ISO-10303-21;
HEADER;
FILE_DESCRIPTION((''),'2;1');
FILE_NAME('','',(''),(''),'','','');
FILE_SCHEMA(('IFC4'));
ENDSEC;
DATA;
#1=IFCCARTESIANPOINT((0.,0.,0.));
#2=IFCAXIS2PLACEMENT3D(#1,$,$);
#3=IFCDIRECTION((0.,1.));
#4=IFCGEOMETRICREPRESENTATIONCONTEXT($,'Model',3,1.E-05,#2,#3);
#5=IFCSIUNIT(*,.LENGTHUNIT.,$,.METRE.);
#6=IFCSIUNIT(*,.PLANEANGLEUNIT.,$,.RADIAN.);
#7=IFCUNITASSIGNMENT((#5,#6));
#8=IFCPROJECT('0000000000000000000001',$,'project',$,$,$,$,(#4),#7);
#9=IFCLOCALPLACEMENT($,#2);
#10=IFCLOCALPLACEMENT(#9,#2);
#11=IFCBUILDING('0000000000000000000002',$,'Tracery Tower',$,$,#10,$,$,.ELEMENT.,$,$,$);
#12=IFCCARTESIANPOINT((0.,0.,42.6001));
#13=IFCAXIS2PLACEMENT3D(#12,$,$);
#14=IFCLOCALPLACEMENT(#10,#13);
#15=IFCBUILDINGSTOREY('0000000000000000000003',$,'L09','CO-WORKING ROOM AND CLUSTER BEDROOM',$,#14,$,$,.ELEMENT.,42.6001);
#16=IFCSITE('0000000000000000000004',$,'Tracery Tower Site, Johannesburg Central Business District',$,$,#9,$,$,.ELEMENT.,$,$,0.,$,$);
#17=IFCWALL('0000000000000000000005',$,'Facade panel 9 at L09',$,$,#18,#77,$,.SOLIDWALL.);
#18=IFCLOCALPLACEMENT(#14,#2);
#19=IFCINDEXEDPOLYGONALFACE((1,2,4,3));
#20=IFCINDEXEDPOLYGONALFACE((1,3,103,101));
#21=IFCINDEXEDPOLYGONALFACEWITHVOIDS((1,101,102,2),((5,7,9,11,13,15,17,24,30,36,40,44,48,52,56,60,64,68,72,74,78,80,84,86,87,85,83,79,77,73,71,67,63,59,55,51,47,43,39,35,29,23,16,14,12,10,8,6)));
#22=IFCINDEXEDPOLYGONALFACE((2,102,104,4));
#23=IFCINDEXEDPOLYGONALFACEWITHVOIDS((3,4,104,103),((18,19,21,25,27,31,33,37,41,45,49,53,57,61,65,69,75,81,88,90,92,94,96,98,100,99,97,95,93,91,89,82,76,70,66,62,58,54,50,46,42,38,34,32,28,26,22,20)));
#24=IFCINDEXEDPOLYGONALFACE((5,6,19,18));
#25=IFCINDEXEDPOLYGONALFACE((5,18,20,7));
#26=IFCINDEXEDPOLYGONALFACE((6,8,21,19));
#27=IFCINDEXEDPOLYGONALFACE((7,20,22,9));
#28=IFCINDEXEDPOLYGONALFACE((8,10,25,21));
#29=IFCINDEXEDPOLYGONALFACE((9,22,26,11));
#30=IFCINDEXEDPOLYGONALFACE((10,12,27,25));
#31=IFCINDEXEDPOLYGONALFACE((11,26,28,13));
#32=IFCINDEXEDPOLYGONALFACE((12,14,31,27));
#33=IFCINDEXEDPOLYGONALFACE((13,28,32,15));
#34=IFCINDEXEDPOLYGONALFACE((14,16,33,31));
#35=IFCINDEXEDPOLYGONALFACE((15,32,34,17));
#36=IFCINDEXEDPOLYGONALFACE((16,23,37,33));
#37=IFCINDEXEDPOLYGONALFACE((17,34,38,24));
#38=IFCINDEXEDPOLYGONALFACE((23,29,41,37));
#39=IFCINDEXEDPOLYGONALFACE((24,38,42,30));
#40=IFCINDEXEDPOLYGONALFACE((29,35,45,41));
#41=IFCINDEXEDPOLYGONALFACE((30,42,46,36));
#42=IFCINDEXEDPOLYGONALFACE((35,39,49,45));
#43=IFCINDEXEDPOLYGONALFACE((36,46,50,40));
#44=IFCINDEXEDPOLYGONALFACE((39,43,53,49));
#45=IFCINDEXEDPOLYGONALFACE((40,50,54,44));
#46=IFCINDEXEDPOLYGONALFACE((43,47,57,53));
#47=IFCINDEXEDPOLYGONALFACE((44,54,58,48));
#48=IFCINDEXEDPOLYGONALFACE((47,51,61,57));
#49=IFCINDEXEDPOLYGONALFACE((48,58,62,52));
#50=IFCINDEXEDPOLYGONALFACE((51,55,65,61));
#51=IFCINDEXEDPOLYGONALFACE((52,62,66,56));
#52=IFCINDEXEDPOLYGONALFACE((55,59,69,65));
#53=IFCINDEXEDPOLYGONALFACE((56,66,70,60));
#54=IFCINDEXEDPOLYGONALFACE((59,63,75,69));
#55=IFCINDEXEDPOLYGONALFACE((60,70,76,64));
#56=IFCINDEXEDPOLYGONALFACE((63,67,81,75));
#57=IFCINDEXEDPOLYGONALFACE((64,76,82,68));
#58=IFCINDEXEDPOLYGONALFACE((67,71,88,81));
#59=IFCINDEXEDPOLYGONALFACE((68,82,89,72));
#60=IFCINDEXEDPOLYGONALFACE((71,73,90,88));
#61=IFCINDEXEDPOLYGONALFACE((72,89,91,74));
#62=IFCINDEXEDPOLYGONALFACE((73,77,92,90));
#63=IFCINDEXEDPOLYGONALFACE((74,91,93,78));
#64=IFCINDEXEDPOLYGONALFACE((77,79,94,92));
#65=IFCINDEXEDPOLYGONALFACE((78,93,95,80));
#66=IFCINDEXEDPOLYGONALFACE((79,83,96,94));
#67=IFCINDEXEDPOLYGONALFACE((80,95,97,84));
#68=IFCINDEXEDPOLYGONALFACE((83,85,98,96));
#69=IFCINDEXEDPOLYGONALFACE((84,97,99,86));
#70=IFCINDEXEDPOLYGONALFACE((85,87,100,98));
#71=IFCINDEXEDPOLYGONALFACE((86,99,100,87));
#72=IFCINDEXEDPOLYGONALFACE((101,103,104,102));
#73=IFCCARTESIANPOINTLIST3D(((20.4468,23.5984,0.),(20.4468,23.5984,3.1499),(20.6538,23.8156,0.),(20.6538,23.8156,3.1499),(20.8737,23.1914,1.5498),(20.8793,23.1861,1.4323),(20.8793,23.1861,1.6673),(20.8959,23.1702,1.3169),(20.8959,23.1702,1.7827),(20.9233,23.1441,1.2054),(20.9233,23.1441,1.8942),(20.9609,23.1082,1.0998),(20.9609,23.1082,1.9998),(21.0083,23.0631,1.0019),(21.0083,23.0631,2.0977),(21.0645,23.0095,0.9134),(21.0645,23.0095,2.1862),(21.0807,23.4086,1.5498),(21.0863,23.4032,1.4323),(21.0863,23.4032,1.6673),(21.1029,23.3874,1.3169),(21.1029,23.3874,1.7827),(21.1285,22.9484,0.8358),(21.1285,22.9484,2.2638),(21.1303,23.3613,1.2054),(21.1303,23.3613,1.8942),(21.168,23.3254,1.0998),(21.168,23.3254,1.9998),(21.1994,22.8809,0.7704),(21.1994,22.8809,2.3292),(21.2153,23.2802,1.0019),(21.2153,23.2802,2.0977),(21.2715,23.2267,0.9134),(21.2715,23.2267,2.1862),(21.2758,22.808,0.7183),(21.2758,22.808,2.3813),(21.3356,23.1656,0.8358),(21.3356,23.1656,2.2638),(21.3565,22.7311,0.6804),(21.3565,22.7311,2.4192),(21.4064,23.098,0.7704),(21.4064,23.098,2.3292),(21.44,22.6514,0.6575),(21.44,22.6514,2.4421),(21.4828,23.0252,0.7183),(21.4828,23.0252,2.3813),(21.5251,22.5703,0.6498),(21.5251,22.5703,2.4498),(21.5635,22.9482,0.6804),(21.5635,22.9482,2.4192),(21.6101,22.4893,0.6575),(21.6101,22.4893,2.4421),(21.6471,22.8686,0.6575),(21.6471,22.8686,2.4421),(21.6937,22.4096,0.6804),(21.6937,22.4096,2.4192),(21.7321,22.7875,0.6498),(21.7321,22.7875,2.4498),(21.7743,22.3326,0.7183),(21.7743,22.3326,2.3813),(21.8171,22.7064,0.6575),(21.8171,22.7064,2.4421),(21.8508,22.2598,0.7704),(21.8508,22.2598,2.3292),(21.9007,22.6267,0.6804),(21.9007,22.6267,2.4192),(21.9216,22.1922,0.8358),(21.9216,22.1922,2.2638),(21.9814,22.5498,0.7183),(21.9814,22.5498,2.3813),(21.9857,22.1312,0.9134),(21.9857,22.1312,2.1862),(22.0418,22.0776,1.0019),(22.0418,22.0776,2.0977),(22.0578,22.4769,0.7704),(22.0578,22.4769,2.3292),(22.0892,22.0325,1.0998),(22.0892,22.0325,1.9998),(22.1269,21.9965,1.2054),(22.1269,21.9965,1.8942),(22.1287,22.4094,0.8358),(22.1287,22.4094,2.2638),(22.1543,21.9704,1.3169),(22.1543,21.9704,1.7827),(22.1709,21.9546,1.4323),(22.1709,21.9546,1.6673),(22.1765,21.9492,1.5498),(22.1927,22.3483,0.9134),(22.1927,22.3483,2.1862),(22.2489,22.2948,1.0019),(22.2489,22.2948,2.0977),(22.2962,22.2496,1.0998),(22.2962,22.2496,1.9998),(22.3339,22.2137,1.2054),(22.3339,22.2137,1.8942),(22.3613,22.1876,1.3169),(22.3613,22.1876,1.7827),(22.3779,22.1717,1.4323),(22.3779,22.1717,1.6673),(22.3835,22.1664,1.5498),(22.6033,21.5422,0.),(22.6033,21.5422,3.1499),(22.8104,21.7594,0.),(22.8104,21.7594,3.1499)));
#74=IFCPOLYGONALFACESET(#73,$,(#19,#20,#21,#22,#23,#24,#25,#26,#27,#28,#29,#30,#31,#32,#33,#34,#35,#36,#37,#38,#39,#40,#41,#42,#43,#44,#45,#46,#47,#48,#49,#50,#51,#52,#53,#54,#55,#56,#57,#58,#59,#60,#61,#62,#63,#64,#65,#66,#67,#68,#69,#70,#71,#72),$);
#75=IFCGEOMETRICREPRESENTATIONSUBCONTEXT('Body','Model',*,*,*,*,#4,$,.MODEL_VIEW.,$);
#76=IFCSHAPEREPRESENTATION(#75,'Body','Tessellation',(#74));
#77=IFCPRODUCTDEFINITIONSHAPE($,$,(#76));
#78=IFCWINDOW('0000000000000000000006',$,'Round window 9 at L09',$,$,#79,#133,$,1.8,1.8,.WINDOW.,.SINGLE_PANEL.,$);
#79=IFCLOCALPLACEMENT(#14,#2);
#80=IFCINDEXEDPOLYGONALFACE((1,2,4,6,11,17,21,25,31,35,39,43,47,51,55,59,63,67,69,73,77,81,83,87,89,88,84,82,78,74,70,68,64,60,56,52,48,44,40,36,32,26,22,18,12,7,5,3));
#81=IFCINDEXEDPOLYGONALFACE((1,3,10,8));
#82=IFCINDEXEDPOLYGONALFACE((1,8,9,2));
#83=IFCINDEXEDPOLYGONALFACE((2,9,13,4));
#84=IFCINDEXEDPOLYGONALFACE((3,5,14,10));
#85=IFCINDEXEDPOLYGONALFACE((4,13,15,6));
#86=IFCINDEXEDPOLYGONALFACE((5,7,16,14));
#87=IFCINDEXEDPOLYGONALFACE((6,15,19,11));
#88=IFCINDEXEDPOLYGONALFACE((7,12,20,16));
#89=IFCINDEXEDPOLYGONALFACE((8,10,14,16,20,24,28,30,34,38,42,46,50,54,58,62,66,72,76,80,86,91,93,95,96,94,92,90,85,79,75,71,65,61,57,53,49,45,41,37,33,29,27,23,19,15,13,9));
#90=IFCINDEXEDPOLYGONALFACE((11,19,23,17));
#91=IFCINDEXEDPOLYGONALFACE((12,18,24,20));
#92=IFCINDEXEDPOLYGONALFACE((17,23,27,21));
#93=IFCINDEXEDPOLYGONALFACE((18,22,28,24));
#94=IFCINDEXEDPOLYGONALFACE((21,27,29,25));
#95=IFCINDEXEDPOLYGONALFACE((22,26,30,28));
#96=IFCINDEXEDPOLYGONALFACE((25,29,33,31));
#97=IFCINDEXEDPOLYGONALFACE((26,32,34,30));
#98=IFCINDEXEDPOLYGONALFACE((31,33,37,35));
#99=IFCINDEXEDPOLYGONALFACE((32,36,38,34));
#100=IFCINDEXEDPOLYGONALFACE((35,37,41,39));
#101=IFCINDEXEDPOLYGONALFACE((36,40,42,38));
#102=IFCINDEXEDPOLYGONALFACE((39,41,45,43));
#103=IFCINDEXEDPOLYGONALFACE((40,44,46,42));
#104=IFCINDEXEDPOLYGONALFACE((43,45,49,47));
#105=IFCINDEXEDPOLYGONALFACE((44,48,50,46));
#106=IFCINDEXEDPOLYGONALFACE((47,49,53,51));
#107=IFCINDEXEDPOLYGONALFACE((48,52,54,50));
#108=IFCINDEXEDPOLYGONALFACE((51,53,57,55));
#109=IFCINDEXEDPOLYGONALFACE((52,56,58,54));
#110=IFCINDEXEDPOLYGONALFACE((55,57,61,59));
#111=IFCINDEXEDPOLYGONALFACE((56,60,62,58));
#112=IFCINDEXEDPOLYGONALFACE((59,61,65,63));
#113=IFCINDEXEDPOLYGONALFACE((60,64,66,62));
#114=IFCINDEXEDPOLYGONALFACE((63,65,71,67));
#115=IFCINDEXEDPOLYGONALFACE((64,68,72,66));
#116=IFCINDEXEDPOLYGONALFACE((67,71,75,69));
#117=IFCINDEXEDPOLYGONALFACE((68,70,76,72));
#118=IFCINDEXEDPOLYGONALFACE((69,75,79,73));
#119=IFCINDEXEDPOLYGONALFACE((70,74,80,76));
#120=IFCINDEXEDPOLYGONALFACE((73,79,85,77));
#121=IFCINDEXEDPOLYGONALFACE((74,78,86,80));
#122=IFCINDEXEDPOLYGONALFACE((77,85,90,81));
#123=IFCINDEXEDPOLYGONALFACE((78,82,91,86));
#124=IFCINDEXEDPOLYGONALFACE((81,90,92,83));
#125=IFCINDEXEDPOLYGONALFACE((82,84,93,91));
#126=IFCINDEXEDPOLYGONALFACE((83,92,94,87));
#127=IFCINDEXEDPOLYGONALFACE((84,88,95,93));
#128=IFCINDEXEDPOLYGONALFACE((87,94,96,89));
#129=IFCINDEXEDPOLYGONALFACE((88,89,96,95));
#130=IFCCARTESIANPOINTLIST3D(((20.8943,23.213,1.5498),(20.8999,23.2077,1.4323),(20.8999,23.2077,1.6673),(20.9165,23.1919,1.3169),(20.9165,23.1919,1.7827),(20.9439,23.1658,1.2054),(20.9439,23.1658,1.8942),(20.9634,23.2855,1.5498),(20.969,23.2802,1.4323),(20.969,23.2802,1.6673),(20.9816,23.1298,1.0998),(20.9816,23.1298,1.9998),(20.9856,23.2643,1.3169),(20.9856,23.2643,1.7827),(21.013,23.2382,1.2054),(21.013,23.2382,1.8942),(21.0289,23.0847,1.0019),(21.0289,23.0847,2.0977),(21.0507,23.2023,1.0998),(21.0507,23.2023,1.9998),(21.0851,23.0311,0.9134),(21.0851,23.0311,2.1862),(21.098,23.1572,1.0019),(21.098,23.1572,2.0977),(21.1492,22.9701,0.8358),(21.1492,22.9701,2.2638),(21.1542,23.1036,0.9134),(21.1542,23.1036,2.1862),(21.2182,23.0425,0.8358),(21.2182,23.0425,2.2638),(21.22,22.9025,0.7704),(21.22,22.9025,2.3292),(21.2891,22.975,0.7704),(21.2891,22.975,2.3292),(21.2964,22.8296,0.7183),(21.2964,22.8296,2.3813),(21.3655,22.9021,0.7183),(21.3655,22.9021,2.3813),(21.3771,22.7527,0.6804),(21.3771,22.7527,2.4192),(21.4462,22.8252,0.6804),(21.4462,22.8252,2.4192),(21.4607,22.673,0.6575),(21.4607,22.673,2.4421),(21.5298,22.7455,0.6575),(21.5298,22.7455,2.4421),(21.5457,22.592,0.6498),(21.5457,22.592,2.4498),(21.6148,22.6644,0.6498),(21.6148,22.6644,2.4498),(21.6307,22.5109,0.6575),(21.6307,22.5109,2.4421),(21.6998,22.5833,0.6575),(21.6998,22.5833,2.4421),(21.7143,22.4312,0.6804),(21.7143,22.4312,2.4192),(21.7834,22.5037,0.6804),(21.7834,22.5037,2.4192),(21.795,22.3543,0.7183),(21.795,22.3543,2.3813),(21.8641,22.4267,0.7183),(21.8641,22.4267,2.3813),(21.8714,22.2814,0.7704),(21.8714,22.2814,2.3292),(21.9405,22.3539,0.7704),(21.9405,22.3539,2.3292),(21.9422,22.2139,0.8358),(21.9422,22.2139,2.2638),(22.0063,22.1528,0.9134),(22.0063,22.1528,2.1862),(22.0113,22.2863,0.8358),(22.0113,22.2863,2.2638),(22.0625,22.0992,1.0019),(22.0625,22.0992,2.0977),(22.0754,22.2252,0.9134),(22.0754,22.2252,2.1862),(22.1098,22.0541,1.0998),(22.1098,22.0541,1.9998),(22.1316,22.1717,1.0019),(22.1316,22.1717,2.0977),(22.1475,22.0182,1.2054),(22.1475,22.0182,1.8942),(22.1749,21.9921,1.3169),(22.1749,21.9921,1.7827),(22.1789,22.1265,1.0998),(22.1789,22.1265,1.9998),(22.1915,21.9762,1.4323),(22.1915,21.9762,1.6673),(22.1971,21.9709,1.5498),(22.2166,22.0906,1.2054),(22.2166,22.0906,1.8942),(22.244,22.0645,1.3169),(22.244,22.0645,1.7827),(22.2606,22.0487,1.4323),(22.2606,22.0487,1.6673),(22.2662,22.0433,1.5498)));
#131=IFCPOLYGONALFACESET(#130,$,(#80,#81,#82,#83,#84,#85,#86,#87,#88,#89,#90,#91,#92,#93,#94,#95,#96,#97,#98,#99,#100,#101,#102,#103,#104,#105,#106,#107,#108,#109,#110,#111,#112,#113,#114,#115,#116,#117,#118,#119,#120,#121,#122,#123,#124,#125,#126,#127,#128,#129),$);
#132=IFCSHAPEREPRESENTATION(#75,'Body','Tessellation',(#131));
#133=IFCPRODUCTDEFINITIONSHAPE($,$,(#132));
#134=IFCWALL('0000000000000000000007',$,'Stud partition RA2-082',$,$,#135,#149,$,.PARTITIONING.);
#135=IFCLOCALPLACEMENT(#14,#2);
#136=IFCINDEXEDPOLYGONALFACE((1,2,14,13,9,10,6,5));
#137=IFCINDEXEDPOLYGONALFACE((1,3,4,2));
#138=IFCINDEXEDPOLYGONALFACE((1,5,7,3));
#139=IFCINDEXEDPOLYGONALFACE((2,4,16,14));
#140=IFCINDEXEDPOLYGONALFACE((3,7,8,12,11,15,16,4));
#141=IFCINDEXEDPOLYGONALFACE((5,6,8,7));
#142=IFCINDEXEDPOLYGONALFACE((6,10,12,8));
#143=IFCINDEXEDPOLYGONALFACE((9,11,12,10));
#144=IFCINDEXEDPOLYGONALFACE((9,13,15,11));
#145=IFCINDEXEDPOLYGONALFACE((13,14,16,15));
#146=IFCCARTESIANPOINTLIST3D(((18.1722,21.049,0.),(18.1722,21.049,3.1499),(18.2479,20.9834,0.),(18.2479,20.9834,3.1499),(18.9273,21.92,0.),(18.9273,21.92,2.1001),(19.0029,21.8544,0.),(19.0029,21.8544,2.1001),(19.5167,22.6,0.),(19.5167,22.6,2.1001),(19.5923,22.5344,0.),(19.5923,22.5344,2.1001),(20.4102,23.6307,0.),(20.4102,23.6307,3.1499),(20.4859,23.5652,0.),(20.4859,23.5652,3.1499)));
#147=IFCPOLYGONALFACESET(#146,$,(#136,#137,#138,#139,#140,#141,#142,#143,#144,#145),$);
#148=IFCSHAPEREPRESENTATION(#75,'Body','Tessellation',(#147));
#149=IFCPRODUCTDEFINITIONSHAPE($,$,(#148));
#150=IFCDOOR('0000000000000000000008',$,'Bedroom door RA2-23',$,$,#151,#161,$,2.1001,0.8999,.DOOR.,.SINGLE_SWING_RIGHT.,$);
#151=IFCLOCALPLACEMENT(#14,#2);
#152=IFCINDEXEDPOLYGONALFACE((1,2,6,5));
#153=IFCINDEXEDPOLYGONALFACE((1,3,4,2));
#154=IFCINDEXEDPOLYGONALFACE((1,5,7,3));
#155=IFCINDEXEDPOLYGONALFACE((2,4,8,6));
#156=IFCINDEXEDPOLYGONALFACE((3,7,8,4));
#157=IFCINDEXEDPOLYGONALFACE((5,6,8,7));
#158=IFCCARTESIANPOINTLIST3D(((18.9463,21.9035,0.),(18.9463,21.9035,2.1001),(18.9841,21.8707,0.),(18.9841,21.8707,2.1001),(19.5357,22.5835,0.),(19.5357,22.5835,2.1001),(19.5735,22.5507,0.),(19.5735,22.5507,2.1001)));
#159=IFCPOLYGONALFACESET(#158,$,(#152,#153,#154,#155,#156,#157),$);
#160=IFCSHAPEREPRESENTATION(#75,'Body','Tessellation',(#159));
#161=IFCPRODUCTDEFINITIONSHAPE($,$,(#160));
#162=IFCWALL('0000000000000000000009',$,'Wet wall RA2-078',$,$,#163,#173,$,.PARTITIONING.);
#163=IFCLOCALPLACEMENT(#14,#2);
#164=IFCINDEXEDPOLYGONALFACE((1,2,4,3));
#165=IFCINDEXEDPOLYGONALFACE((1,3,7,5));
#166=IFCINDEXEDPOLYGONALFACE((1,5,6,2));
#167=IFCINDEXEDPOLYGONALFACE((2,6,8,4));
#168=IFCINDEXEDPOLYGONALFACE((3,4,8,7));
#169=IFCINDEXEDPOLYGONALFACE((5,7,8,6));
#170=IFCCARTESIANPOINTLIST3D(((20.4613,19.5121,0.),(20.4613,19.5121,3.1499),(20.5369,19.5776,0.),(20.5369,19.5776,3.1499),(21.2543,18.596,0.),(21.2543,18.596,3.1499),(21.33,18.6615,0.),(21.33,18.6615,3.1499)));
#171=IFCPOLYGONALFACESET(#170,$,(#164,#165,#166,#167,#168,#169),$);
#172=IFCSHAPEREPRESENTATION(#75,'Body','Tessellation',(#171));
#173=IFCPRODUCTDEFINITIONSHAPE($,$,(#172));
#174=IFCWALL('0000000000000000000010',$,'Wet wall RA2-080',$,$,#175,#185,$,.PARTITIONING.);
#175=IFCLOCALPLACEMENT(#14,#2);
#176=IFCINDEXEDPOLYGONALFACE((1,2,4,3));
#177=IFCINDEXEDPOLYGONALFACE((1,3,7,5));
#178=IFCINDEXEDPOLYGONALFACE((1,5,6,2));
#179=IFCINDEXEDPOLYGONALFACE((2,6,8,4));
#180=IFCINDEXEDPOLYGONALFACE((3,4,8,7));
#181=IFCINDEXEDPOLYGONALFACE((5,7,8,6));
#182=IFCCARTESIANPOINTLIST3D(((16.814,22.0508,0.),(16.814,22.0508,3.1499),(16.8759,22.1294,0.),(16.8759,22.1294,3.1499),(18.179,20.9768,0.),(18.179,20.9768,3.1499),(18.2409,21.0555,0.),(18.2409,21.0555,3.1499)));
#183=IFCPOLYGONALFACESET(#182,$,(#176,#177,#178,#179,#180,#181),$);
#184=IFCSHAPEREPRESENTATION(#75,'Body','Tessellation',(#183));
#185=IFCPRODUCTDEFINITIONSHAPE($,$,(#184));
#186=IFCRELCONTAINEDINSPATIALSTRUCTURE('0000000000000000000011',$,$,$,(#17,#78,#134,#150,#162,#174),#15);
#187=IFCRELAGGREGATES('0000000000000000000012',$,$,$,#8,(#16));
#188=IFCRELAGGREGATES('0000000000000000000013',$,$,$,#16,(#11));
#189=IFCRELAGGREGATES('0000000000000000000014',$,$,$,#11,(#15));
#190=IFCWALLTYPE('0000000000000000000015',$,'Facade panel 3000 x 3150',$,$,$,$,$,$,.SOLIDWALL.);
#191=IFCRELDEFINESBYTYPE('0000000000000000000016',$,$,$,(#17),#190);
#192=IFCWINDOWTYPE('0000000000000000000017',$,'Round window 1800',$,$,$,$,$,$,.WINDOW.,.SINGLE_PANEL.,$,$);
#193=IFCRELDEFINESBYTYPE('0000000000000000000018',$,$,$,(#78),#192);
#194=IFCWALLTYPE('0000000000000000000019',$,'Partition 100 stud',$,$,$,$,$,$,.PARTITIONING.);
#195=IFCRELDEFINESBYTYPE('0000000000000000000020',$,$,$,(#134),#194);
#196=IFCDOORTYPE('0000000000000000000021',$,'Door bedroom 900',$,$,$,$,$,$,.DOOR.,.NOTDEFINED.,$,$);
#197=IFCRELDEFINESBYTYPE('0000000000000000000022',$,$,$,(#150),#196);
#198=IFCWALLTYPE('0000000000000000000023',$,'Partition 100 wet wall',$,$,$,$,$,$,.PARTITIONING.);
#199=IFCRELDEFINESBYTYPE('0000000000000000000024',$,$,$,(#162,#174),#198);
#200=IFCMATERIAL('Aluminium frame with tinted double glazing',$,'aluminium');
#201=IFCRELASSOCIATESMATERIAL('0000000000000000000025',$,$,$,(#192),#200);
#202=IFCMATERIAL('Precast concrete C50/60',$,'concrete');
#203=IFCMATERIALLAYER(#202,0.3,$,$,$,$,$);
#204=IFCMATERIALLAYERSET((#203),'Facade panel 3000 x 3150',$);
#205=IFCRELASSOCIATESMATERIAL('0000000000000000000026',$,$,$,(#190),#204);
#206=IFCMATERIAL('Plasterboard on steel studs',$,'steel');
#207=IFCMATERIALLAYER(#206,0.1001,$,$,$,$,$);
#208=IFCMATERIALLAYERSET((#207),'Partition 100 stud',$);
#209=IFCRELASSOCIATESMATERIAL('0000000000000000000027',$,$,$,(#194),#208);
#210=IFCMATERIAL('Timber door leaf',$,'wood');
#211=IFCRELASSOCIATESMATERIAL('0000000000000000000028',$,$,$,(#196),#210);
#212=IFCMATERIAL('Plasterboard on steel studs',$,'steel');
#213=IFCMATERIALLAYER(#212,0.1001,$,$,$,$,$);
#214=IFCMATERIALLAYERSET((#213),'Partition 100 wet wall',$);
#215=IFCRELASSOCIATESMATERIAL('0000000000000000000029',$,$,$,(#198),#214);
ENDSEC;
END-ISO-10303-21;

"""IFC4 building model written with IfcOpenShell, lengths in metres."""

from ifc_helpers import new_model, si_unit, direction, frame, frame_2d, origin, origin_2d, place, context, subcontext, project, spatial, rectangle, circle, extrude, material, layer, layer_set, type_object, element, fill, save


model = new_model("IFC4")

# Units and contexts
model_context = context("Model", 3, precision=1e-05, world=origin(), true_north=direction((0.0, 1.0)))
body_context = subcontext(model_context, "Body", "Model", "MODEL_VIEW")
ifc_project = project(units=[si_unit("LENGTHUNIT", "METRE"), si_unit("PLANEANGLEUNIT", "RADIAN")], contexts=[model_context])

# Site, building, storey
site_placement = place(None, origin())
site = spatial("IfcSite", under=ifc_project, at=site_placement, Name="Tracery Tower Site, Johannesburg Central Business District", CompositionType="ELEMENT", RefElevation=0.0)
building_placement = place(site_placement, origin())
building = spatial("IfcBuilding", under=site, at=building_placement, Name="Tracery Tower", CompositionType="ELEMENT")
storey_placement = place(building_placement, frame((0.0, 0.0, 42.6001)))
storey = spatial("IfcBuildingStorey", under=building, at=storey_placement, Name="L09", Description="CO-WORKING ROOM AND CLUSTER BEDROOM", CompositionType="ELEMENT", Elevation=42.6001)

# Wall, opening, window
ifc_material_1 = material(Name="Aluminium frame with tinted double glazing", Category="aluminium")
window_type = type_object("IfcWindowType", Name="Round window 1800", PartitioningType="SINGLE_PANEL", PredefinedType="WINDOW", material=ifc_material_1)
ifc_material_2 = material(Name="Precast concrete C50/60", Category="concrete")
ifc_layer_1 = layer(ifc_material_2, 0.3)
ifc_layer_set_1 = layer_set([ifc_layer_1], Name="Facade panel 3000 x 3150")
wall_type_1 = type_object("IfcWallType", Name="Facade panel 3000 x 3150", PredefinedType="SOLIDWALL", material=ifc_layer_set_1)
wall_1_placement = place(storey_placement, frame((22.7068, 21.6509, 0.0), z_axis=(0.0, 0.0, 1.0), x_axis=(-0.723744, 0.690068, 0.0)))
wall_1 = element("IfcWall", 1, at=wall_1_placement, inside=storey, type_object=wall_type_1, Name="Facade panel 9 at L09", PredefinedType="SOLIDWALL", context=body_context, shape_type="SweptSolid", body=[
    extrude(rectangle(XDim=2.9797, YDim=0.3, at=frame_2d((1.4897, 0.0))), origin(), (0.0, 0.0, 1.0), 3.1499),
])
opening_1_placement = place(wall_1_placement, frame((1.4897, 0.0, 1.5498)))
opening_1 = element("IfcOpeningElement", 2, at=opening_1_placement, cuts=wall_1, PredefinedType="OPENING", context=body_context, shape_type="SweptSolid", body=[
    extrude(circle(Radius=0.9, at=origin_2d()), frame((0.0, 0.1599, 0.0), z_axis=(0.0, -1.0, 0.0), x_axis=(1.0, 0.0, 0.0)), (0.0, 0.0, 1.0), 0.3201),
])
window_1_placement = place(opening_1_placement, origin())
window_1 = element("IfcWindow", 3, at=window_1_placement, inside=storey, type_object=window_type, Name="Round window 9 at L09", OverallHeight=1.8, OverallWidth=1.8, PartitioningType="SINGLE_PANEL", PredefinedType="WINDOW", context=body_context, shape_type="SweptSolid", body=[
    extrude(circle(Radius=0.9, at=origin_2d()), frame((0.0, 0.1201, 0.0), z_axis=(0.0, -1.0, 0.0), x_axis=(1.0, 0.0, 0.0)), (0.0, 0.0, 1.0), 0.1001),
])
fill(opening_1, window_1)

# Wall, opening, door
ifc_material_3 = material(Name="Plasterboard on steel studs", Category="steel")
ifc_layer_2 = layer(ifc_material_3, 0.1001)
ifc_layer_set_2 = layer_set([ifc_layer_2], Name="Partition 100 stud")
wall_type_2 = type_object("IfcWallType", Name="Partition 100 stud", PredefinedType="PARTITIONING", material=ifc_layer_set_2)
wall_2_placement = place(storey_placement, frame((18.21, 21.0161, 0.0), z_axis=(0.0, 0.0, 1.0), x_axis=(0.655012, 0.755618, 0.0)))
wall_2 = element("IfcWall", 4, at=wall_2_placement, inside=storey, type_object=wall_type_2, Name="Stud partition RA2-082", PredefinedType="PARTITIONING", context=body_context, shape_type="SweptSolid", body=[
    extrude(rectangle(XDim=3.4167, YDim=0.1001, at=frame_2d((1.7085, 0.0))), origin(), (0.0, 0.0, 1.0), 3.1499),
])
opening_2_placement = place(wall_2_placement, frame((1.1528, 0.0, 0.0)))
opening_2 = element("IfcOpeningElement", 5, at=opening_2_placement, cuts=wall_2, PredefinedType="OPENING", context=body_context, shape_type="SweptSolid", body=[
    extrude(rectangle(XDim=0.8999, YDim=2.1001, at=frame_2d((0.45, 1.05))), frame((0.0, 0.05, 0.0), z_axis=(0.0, -1.0, 0.0), x_axis=(1.0, 0.0, 0.0)), (0.0, 0.0, 1.0), 0.1001),
])
ifc_material_4 = material(Name="Timber door leaf", Category="wood")
door_type = type_object("IfcDoorType", Name="Door bedroom 900", OperationType="NOTDEFINED", PredefinedType="DOOR", material=ifc_material_4)
door_placement = place(opening_2_placement, origin())
door = element("IfcDoor", 6, at=door_placement, inside=storey, type_object=door_type, Name="Bedroom door RA2-23", OperationType="SINGLE_SWING_RIGHT", OverallHeight=2.1001, OverallWidth=0.8999, PredefinedType="DOOR", context=body_context, shape_type="SweptSolid", body=[
    extrude(rectangle(XDim=0.8999, YDim=2.1001, at=frame_2d((0.45, 1.05))), frame((0.0, 0.0249, 0.0), z_axis=(0.0, -1.0, 0.0), x_axis=(1.0, 0.0, 0.0)), (0.0, 0.0, 1.0), 0.05),
])
fill(opening_2, door)

# Walls
ifc_material_5 = material(Name="Plasterboard on steel studs", Category="steel")
ifc_layer_3 = layer(ifc_material_5, 0.1001)
ifc_layer_set_3 = layer_set([ifc_layer_3], Name="Partition 100 wet wall")
wall_type_3 = type_object("IfcWallType", Name="Partition 100 wet wall", PredefinedType="PARTITIONING", material=ifc_layer_set_3)
wall_3_placement = place(storey_placement, frame((20.499, 19.5449, 0.0), z_axis=(0.0, 0.0, 1.0), x_axis=(0.654501, -0.756061, 0.0)))
element("IfcWall", 7, at=wall_3_placement, inside=storey, type_object=wall_type_3, Name="Wet wall RA2-078", PredefinedType="PARTITIONING", context=body_context, shape_type="SweptSolid", body=[
    extrude(rectangle(XDim=1.2117, YDim=0.1001, at=frame_2d((0.606, 0.0))), origin(), (0.0, 0.0, 1.0), 3.1499),
])
wall_4_placement = place(storey_placement, frame((16.845, 22.0901, 0.0), z_axis=(0.0, 0.0, 1.0), x_axis=(0.785904, -0.618349, 0.0)))
element("IfcWall", 8, at=wall_4_placement, inside=storey, type_object=wall_type_3, Name="Wet wall RA2-080", PredefinedType="PARTITIONING", context=body_context, shape_type="SweptSolid", body=[
    extrude(rectangle(XDim=1.7368, YDim=0.1001, at=frame_2d((0.8684, 0.0))), origin(), (0.0, 0.0, 1.0), 3.1499),
])

save(model, "model.ifc")
